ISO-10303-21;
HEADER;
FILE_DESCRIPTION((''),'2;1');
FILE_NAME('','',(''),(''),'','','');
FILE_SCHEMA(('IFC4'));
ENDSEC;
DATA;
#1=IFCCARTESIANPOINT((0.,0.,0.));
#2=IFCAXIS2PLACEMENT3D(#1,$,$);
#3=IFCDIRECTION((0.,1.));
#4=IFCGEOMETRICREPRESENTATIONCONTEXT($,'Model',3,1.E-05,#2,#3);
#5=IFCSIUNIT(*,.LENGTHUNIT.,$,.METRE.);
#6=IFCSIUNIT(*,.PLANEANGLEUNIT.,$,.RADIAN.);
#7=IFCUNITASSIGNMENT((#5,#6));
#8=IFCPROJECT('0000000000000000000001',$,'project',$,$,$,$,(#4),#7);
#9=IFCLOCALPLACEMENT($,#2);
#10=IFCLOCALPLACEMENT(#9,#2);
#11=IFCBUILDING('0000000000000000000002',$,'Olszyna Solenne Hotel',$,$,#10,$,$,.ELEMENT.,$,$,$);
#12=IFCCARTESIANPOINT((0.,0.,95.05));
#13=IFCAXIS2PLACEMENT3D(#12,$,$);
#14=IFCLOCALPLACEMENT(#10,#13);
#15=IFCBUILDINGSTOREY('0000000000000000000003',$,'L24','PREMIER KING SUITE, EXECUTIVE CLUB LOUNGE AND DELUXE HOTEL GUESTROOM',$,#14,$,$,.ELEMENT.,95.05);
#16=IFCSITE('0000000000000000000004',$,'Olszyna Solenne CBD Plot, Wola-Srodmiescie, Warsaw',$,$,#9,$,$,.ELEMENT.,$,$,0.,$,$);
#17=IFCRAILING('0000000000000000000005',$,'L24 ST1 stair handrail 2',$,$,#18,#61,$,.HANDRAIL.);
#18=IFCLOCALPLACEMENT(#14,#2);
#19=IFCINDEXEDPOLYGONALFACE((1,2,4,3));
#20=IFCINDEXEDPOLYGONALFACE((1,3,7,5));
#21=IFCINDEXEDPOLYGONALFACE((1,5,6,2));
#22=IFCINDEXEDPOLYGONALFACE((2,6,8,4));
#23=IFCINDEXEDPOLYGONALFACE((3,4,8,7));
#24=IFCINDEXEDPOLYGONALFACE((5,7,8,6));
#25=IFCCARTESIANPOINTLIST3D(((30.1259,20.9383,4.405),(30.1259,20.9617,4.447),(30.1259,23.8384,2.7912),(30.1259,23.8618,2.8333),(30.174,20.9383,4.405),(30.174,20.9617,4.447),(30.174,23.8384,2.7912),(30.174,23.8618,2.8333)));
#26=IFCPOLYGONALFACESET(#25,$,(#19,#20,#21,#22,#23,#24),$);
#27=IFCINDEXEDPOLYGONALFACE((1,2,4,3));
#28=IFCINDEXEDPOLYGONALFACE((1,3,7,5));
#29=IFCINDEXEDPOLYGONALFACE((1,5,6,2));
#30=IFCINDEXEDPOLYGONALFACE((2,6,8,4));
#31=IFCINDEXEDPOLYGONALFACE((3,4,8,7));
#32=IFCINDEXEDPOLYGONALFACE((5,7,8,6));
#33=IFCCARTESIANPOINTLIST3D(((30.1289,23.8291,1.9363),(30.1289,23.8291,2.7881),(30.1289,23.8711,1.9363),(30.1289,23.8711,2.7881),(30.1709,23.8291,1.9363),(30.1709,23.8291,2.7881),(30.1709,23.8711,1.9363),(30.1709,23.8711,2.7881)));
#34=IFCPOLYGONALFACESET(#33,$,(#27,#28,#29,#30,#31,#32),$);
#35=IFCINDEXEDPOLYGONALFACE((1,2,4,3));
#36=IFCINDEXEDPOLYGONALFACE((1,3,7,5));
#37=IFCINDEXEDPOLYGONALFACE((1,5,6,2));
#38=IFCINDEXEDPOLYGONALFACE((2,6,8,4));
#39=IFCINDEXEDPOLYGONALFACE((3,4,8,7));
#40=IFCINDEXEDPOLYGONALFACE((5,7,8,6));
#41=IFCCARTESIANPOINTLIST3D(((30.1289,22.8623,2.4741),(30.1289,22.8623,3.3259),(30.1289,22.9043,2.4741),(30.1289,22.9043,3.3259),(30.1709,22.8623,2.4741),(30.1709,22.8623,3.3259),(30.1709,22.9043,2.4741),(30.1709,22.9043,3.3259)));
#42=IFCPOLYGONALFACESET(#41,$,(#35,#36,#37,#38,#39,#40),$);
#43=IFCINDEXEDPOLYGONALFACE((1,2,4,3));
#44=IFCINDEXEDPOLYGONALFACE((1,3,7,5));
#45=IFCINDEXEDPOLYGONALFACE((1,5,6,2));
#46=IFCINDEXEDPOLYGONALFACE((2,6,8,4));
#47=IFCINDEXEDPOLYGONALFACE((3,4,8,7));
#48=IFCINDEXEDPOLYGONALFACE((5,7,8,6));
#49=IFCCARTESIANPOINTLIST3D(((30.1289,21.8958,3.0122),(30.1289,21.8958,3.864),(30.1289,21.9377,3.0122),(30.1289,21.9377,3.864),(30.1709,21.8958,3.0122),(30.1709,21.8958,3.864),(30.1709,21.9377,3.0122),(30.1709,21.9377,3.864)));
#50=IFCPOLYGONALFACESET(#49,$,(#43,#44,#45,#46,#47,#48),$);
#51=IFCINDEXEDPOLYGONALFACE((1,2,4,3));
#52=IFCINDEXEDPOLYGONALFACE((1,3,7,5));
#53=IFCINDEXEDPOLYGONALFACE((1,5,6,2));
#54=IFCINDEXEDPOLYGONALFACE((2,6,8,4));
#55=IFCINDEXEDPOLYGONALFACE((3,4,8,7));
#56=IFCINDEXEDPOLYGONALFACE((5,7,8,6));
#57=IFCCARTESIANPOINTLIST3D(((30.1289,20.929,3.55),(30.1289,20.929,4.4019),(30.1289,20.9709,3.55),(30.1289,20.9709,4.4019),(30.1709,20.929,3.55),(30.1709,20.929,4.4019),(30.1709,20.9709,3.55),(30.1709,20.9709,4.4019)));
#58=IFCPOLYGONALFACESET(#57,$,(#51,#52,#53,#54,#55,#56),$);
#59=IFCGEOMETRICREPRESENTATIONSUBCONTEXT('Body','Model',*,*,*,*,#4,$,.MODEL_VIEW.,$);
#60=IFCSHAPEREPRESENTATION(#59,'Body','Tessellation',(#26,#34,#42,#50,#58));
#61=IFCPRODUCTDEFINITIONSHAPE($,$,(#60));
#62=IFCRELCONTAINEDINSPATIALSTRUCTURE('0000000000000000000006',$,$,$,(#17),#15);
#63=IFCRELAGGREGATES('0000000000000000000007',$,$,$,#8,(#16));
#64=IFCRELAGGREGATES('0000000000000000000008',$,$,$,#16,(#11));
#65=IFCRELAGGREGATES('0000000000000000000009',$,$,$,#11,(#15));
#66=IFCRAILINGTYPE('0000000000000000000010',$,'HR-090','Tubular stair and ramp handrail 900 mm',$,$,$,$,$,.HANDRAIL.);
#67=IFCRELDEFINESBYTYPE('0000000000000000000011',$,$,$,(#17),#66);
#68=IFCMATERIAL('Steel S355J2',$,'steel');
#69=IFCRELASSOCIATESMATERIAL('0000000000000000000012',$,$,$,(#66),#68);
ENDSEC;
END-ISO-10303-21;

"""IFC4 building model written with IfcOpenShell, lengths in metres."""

from ifc_helpers import new_model, si_unit, direction, frame, origin, origin_2d, place, context, subcontext, project, spatial, rectangle, extrude, material, type_object, element, save


model = new_model("IFC4")

# Units and contexts
model_context = context("Model", 3, precision=1e-05, world=origin(), true_north=direction((0.0, 1.0)))
body_context = subcontext(model_context, "Body", "Model", "MODEL_VIEW")
ifc_project = project(units=[si_unit("LENGTHUNIT", "METRE"), si_unit("PLANEANGLEUNIT", "RADIAN")], contexts=[model_context])

# Site, building, storey
site_placement = place(None, origin())
site = spatial("IfcSite", under=ifc_project, at=site_placement, Name="Olszyna Solenne CBD Plot, Wola-Srodmiescie, Warsaw", CompositionType="ELEMENT", RefElevation=0.0)
building_placement = place(site_placement, origin())
building = spatial("IfcBuilding", under=site, at=building_placement, Name="Olszyna Solenne Hotel", CompositionType="ELEMENT")
storey_placement = place(building_placement, frame((0.0, 0.0, 95.05)))
storey = spatial("IfcBuildingStorey", under=building, at=storey_placement, Name="L24", Description="PREMIER KING SUITE, EXECUTIVE CLUB LOUNGE AND DELUXE HOTEL GUESTROOM", CompositionType="ELEMENT", Elevation=95.05)

# Railing
ifc_material_1 = material(Name="Steel S355J2", Category="steel")
railing_type_1 = type_object("IfcRailingType", Name="HR-090", Description="Tubular stair and ramp handrail 900 mm", PredefinedType="HANDRAIL", material=ifc_material_1)
railing_1_placement = place(storey_placement, frame((30.1499, 23.8501, 1.9363)))
element("IfcRailing", 1, at=railing_1_placement, inside=storey, type_object=railing_type_1, Name="L24 ST1 stair handrail 2", PredefinedType="HANDRAIL", context=body_context, shape_type="SweptSolid", body=[
    extrude(rectangle(XDim=0.0481, YDim=0.0481, at=origin_2d()), frame((0.0, 0.0, 0.876), z_axis=(0.0, -0.873827, 0.486236), x_axis=(1.0, 0.0, 0.0)), (0.0, 0.0, 1.0), 3.3188),
    extrude(rectangle(XDim=0.042, YDim=0.042, at=origin_2d()), origin(), (0.0, 0.0, 1.0), 0.8518),
    extrude(rectangle(XDim=0.042, YDim=0.042, at=origin_2d()), frame((0.0, -0.9668, 0.5378)), (0.0, 0.0, 1.0), 0.8518),
    extrude(rectangle(XDim=0.042, YDim=0.042, at=origin_2d()), frame((0.0, -1.9333, 1.0759)), (0.0, 0.0, 1.0), 0.8518),
    extrude(rectangle(XDim=0.042, YDim=0.042, at=origin_2d()), frame((0.0, -2.9001, 1.6138)), (0.0, 0.0, 1.0), 0.8518),
])

save(model, "model.ifc")
